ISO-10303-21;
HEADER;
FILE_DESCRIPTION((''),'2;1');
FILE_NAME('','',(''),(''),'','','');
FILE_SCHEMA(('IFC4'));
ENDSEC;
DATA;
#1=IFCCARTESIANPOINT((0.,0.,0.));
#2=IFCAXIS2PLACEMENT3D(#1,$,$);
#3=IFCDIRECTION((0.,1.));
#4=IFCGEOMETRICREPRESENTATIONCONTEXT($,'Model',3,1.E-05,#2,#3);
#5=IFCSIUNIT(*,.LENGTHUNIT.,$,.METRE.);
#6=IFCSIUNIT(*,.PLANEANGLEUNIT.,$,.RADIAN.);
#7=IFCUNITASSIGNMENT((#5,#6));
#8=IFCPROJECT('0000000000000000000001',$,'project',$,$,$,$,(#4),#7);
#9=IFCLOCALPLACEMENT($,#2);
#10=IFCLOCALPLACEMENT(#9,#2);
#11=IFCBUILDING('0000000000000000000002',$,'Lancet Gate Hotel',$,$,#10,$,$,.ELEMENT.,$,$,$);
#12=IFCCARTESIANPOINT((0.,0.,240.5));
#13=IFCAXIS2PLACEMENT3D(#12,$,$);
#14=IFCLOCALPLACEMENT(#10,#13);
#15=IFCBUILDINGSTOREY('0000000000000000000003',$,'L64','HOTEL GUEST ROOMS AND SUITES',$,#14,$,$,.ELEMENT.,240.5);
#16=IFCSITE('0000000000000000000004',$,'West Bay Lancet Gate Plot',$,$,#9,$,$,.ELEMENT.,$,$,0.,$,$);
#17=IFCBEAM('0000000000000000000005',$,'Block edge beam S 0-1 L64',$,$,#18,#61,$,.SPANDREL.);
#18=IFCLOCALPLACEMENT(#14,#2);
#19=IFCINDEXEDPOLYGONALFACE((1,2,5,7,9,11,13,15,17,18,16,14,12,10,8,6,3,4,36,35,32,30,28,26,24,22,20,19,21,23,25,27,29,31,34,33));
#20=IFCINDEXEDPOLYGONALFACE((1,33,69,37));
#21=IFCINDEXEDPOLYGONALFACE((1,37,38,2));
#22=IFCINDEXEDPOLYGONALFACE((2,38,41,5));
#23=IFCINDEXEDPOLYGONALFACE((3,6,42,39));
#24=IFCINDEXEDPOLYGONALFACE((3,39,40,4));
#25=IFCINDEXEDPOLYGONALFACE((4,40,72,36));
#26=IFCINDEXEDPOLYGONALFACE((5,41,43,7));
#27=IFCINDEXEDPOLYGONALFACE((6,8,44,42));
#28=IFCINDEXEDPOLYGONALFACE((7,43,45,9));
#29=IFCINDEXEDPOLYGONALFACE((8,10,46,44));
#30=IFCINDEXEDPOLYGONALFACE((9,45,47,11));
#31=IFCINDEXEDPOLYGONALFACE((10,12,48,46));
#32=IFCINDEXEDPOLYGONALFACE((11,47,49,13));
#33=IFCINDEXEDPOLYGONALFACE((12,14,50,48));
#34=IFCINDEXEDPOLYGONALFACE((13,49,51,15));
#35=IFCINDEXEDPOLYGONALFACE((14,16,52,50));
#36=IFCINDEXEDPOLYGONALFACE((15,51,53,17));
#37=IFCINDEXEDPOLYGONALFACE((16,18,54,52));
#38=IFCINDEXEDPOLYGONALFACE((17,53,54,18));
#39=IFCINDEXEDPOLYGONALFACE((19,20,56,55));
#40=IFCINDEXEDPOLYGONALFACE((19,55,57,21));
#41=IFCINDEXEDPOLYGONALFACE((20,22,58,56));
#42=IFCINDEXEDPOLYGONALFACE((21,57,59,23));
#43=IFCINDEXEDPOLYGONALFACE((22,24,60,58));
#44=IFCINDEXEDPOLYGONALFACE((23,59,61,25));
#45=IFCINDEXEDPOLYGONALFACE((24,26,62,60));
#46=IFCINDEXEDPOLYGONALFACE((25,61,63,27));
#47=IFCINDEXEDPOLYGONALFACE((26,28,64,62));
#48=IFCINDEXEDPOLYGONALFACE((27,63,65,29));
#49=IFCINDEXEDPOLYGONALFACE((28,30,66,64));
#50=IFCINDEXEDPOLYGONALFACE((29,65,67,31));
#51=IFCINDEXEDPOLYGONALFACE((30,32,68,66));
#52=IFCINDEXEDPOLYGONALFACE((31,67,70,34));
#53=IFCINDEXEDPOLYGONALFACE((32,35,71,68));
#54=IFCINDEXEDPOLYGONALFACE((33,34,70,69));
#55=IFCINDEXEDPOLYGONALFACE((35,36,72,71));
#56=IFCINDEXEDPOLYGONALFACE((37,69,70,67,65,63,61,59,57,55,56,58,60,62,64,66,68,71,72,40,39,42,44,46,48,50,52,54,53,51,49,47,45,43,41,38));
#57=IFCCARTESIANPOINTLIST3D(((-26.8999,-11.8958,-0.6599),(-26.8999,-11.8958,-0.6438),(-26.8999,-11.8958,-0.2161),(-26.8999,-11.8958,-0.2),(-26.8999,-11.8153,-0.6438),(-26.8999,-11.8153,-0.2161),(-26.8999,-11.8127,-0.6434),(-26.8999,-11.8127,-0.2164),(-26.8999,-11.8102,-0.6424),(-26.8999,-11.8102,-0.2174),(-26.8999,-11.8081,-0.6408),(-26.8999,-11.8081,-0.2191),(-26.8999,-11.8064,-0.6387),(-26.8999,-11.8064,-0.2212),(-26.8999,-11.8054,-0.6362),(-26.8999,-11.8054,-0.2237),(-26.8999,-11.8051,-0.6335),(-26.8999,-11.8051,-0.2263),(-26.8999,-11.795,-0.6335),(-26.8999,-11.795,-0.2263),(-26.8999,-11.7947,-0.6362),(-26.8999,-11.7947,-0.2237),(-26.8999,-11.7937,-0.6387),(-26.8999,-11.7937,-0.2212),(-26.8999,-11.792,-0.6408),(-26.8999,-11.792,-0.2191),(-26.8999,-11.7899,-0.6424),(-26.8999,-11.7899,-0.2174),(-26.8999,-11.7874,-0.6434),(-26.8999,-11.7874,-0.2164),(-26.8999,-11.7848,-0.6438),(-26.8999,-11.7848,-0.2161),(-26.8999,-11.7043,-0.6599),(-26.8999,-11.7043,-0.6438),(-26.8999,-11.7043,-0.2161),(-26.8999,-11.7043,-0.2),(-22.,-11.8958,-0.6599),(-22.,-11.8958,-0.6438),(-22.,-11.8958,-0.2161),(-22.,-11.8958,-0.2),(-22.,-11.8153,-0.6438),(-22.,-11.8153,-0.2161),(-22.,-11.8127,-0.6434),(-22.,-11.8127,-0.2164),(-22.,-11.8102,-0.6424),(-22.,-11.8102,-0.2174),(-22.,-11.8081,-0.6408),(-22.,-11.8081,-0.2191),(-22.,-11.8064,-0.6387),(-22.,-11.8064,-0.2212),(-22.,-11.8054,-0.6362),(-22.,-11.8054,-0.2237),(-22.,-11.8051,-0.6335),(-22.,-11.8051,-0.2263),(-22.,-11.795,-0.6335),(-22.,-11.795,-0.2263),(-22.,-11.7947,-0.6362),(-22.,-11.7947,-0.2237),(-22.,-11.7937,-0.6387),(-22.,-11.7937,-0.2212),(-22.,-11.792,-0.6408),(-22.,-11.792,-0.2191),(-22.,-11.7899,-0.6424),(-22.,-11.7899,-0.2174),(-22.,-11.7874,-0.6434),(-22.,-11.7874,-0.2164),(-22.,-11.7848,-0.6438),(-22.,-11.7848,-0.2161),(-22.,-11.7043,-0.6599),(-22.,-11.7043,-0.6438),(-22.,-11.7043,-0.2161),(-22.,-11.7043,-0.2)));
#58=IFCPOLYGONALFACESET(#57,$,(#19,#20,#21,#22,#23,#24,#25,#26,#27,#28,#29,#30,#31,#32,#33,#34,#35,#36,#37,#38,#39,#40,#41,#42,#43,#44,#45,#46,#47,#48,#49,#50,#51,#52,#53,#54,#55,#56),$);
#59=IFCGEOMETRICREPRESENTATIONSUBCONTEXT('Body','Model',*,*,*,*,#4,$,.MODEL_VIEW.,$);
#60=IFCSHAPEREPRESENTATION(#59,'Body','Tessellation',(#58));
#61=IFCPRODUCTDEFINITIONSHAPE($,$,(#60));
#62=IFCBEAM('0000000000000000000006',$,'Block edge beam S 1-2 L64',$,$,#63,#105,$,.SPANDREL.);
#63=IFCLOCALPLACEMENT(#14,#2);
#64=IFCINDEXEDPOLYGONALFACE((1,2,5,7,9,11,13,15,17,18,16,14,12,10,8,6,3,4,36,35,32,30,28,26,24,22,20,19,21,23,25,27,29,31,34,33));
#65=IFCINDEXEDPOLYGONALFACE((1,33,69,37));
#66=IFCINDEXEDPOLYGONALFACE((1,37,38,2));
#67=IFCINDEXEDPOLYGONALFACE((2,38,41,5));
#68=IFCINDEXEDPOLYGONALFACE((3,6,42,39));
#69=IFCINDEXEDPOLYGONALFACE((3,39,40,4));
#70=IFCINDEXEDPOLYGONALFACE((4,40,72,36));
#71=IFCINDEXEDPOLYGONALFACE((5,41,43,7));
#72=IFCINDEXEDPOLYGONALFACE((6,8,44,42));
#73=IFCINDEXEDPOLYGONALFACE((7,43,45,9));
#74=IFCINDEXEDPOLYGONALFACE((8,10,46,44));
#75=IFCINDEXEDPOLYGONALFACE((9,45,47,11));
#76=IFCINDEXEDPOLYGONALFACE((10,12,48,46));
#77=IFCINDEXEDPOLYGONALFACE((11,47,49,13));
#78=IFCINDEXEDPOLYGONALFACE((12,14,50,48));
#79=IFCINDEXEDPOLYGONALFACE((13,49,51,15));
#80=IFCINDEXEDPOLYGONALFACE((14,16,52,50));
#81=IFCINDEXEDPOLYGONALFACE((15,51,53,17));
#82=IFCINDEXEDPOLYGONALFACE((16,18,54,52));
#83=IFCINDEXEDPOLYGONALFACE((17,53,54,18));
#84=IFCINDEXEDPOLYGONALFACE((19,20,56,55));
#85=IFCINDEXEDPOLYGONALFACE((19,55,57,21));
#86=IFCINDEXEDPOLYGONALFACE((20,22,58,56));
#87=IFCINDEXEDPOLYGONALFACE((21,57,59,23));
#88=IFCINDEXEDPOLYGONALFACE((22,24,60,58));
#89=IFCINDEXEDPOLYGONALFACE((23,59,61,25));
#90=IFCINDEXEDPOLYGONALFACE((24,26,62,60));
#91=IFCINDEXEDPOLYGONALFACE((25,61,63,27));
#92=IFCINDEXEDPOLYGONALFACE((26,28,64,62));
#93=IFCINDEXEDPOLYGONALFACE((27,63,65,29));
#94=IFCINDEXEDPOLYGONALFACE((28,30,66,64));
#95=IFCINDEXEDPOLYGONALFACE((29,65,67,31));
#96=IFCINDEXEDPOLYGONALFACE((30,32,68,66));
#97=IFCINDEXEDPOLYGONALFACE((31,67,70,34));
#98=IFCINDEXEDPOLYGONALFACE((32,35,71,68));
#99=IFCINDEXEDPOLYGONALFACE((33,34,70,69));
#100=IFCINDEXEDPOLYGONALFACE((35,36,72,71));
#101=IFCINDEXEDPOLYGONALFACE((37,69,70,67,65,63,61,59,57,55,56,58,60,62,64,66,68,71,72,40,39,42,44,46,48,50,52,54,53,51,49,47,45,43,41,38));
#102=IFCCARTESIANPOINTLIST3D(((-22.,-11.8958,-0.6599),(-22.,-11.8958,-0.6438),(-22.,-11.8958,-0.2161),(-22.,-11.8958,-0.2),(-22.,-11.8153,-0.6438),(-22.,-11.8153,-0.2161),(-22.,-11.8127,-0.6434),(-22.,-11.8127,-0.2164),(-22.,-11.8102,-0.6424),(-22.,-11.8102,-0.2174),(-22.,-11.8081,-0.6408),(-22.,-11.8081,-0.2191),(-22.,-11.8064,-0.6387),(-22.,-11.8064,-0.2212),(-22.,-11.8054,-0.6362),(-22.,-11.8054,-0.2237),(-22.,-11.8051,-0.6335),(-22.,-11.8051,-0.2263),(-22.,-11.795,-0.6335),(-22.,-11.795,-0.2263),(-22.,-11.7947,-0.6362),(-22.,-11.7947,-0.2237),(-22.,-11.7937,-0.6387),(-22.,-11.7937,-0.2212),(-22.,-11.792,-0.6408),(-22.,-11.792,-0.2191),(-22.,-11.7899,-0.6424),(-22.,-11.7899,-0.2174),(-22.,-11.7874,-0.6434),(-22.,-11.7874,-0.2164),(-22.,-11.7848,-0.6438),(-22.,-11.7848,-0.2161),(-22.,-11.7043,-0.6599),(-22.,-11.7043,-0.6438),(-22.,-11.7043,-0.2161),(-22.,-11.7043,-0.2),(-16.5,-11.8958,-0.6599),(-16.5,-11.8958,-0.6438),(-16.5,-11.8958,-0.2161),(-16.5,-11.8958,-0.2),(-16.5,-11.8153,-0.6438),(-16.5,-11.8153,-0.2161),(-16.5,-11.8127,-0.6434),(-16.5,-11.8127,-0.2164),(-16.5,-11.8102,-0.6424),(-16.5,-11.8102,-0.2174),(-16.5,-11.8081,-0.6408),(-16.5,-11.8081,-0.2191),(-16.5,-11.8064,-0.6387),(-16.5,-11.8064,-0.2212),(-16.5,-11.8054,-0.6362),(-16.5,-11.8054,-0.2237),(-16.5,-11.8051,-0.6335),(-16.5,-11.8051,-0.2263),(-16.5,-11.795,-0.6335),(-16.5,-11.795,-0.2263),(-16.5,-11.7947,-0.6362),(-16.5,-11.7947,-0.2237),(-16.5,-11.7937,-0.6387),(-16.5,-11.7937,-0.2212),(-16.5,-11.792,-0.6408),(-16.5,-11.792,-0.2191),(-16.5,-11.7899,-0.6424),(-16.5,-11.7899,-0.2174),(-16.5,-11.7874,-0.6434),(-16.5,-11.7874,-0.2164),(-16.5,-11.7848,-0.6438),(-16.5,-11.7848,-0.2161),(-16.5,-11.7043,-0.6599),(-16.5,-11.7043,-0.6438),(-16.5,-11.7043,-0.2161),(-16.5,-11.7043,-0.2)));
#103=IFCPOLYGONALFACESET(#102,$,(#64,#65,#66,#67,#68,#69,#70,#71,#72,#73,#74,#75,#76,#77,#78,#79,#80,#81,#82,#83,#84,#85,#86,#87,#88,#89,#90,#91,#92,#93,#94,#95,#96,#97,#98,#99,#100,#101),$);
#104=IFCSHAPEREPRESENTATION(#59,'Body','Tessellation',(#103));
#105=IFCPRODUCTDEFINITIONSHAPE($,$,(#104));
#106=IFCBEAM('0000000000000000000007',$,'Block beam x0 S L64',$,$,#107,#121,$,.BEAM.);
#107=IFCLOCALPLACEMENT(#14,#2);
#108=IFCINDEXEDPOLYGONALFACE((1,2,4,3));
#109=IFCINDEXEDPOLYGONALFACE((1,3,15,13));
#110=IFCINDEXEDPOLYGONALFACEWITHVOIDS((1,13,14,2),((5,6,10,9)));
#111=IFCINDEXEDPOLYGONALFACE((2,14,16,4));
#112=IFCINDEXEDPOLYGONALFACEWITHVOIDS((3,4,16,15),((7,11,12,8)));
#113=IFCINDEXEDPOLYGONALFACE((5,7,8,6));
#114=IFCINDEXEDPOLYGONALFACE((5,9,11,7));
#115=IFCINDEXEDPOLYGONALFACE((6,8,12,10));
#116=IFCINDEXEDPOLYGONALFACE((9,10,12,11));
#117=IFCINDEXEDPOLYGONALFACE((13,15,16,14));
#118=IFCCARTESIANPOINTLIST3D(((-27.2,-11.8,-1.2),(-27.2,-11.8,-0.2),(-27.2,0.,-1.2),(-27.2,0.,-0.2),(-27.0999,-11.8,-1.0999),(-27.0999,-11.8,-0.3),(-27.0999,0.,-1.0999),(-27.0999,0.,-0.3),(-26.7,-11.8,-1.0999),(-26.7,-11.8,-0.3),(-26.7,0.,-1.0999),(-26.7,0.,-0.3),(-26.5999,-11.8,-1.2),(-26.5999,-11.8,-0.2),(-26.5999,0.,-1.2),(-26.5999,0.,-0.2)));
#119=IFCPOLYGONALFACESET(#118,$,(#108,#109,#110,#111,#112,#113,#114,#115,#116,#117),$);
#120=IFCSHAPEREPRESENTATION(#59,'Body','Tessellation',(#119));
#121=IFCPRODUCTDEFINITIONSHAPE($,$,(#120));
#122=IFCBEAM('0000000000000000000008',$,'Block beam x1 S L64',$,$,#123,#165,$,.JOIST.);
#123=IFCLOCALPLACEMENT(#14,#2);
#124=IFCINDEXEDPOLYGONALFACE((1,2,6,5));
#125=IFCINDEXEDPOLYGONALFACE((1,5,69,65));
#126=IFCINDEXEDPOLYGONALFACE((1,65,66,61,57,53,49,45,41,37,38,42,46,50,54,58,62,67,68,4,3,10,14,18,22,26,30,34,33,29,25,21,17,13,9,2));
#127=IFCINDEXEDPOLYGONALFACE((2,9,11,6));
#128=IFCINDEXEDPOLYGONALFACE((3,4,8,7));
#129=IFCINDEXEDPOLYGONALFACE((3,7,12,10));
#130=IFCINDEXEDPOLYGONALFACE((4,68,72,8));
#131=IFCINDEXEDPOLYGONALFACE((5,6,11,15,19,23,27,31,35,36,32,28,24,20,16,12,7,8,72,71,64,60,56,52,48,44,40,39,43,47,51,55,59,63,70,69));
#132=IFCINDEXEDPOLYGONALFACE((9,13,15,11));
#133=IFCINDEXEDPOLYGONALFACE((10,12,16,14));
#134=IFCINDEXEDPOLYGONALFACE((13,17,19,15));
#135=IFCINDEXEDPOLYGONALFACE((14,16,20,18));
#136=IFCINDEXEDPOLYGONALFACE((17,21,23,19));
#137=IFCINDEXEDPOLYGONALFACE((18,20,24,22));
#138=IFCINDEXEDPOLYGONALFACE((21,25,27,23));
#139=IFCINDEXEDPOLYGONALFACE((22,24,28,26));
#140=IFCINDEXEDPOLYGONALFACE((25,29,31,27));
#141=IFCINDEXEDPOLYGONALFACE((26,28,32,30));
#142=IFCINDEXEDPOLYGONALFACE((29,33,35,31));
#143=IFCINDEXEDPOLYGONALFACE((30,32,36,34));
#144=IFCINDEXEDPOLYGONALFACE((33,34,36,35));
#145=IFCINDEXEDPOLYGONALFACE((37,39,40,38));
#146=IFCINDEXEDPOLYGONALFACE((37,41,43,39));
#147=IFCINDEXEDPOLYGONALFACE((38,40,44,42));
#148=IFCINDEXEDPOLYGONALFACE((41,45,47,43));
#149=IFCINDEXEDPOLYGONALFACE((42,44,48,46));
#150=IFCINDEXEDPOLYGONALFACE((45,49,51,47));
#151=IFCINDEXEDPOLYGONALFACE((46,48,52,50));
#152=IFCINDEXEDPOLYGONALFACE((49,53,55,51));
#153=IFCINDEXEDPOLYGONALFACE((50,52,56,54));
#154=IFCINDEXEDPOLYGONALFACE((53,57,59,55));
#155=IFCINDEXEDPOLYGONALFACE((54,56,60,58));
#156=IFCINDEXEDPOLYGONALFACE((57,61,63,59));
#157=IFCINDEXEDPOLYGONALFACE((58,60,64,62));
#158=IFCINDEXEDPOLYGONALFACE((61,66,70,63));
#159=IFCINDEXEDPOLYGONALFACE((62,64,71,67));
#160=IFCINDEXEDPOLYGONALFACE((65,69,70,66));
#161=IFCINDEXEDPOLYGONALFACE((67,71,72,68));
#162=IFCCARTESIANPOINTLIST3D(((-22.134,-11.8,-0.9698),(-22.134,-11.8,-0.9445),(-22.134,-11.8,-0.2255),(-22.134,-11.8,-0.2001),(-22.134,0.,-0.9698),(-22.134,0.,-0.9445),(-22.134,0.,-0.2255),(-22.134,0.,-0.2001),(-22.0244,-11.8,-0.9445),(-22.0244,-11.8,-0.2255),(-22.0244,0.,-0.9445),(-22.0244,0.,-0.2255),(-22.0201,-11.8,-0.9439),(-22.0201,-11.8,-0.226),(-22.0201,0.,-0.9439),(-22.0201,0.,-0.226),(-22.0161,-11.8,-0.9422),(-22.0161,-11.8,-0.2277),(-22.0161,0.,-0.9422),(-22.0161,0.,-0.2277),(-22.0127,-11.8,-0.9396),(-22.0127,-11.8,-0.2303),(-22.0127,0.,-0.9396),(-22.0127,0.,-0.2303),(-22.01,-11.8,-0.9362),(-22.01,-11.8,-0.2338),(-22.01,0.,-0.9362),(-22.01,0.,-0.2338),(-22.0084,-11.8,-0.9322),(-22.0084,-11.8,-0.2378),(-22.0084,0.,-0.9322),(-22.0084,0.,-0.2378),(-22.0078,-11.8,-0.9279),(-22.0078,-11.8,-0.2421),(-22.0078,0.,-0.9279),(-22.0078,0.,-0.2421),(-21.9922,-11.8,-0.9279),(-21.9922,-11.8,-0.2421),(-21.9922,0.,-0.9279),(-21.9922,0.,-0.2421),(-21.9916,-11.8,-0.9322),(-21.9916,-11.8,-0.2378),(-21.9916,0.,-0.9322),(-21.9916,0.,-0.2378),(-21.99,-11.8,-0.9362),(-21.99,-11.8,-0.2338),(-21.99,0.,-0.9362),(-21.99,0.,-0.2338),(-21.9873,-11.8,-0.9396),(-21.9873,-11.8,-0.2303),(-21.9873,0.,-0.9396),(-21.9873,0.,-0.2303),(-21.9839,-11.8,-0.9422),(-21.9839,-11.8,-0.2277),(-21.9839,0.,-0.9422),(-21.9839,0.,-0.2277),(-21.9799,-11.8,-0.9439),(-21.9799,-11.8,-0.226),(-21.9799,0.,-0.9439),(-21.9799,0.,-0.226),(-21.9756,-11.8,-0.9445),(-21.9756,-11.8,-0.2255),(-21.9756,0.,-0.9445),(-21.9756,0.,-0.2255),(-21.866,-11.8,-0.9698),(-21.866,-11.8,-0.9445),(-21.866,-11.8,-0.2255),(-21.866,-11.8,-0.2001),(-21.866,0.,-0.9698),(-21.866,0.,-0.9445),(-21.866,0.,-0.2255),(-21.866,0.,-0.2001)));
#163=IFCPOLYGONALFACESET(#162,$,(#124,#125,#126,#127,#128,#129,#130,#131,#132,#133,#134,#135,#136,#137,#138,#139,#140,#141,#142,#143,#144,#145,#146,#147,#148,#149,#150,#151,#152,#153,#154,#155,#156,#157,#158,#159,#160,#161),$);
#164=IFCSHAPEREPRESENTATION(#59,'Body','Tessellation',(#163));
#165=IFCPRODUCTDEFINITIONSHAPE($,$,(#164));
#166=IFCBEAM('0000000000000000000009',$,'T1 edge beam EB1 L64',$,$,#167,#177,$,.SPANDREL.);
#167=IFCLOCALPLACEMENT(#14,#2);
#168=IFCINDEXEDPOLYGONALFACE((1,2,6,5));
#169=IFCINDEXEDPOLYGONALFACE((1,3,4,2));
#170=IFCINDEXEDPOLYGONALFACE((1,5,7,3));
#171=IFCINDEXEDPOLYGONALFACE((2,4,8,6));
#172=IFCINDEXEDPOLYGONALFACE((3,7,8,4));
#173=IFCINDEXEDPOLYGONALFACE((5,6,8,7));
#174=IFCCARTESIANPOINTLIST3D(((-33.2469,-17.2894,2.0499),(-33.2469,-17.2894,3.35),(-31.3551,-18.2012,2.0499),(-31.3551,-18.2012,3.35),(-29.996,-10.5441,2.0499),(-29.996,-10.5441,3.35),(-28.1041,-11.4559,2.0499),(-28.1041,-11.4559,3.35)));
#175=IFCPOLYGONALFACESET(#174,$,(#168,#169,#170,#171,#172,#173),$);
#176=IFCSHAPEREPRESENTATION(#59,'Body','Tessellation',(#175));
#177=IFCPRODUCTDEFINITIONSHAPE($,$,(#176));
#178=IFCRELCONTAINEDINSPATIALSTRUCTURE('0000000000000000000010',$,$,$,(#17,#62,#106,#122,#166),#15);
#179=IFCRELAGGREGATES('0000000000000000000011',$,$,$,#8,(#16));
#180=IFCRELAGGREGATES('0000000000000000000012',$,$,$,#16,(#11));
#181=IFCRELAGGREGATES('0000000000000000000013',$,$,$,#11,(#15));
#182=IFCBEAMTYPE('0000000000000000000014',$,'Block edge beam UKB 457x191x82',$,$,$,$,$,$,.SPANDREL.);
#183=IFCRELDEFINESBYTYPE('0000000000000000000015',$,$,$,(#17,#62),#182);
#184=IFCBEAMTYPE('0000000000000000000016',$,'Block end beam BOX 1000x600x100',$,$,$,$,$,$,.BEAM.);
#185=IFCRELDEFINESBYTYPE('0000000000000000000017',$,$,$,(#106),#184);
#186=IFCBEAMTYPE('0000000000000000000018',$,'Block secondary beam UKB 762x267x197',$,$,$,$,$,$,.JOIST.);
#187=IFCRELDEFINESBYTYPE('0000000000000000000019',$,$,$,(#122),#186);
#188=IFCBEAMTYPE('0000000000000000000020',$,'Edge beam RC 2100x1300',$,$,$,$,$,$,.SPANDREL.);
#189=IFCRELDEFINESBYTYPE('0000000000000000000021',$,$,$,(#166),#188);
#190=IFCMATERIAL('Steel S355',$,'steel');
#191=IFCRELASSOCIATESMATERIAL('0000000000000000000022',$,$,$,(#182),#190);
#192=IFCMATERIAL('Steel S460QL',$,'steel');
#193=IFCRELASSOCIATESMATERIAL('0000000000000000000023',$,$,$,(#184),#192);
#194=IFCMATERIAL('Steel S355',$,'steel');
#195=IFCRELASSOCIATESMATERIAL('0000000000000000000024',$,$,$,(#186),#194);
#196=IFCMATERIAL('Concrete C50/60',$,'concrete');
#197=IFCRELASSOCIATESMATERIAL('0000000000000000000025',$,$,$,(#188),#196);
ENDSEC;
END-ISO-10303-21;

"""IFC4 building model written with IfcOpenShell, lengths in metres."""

from ifc_helpers import new_model, si_unit, direction, frame, origin, origin_2d, place, context, subcontext, project, spatial, rectangle, hollow_rectangle, i_section, extrude, material, material_profile, profile_set, type_object, element, save


model = new_model("IFC4")

# Units and contexts
model_context = context("Model", 3, precision=1e-05, world=origin(), true_north=direction((0.0, 1.0)))
body_context = subcontext(model_context, "Body", "Model", "MODEL_VIEW")
ifc_project = project(units=[si_unit("LENGTHUNIT", "METRE"), si_unit("PLANEANGLEUNIT", "RADIAN")], contexts=[model_context])

# Site, building, storey
site_placement = place(None, origin())
site = spatial("IfcSite", under=ifc_project, at=site_placement, Name="West Bay Lancet Gate Plot", CompositionType="ELEMENT", RefElevation=0.0)
building_placement = place(site_placement, origin())
building = spatial("IfcBuilding", under=site, at=building_placement, Name="Lancet Gate Hotel", CompositionType="ELEMENT")
storey_placement = place(building_placement, frame((0.0, 0.0, 240.5)))
storey = spatial("IfcBuildingStorey", under=building, at=storey_placement, Name="L64", Description="HOTEL GUEST ROOMS AND SUITES", CompositionType="ELEMENT", Elevation=240.5)

# Beams
ifc_material_1 = material(Name="Steel S355", Category="steel")
ifc_material_profile_1 = material_profile(ifc_material_1, i_section(OverallWidth=0.1914, OverallDepth=0.46, WebThickness=0.01, FlangeThickness=0.0161, FilletRadius=0.0103, at=origin_2d()), Name="UKB 457x191x82")
ifc_profile_set_1 = profile_set([ifc_material_profile_1], Name="Steel S355")
beam_type_1 = type_object("IfcBeamType", Name="Block edge beam UKB 457x191x82", PredefinedType="SPANDREL", material=ifc_profile_set_1)
beam_1_placement = place(storey_placement, frame((-26.8999, -11.8, -0.4299), z_axis=(1.0, 0.0, 0.0), x_axis=(0.0, 1.0, 0.0)))
element("IfcBeam", 1, at=beam_1_placement, inside=storey, type_object=beam_type_1, Name="Block edge beam S 0-1 L64", PredefinedType="SPANDREL", context=body_context, shape_type="SweptSolid", body=[
    extrude(i_section(OverallWidth=0.1914, OverallDepth=0.46, WebThickness=0.01, FlangeThickness=0.0161, FilletRadius=0.0103, at=origin_2d()), origin(), (0.0, 0.0, 1.0), 4.8999),
])
beam_2_placement = place(storey_placement, frame((-22.0, -11.8, -0.4299), z_axis=(1.0, 0.0, 0.0), x_axis=(0.0, 1.0, 0.0)))
element("IfcBeam", 2, at=beam_2_placement, inside=storey, type_object=beam_type_1, Name="Block edge beam S 1-2 L64", PredefinedType="SPANDREL", context=body_context, shape_type="SweptSolid", body=[
    extrude(i_section(OverallWidth=0.1914, OverallDepth=0.46, WebThickness=0.01, FlangeThickness=0.0161, FilletRadius=0.0103, at=origin_2d()), origin(), (0.0, 0.0, 1.0), 5.5),
])
ifc_material_2 = material(Name="Steel S460QL", Category="steel")
ifc_material_profile_2 = material_profile(ifc_material_2, hollow_rectangle(XDim=0.6001, YDim=1.0, WallThickness=0.1001, at=origin_2d()), Name="BOX 1000x600x100")
ifc_profile_set_2 = profile_set([ifc_material_profile_2], Name="Steel S460QL")
beam_type_2 = type_object("IfcBeamType", Name="Block end beam BOX 1000x600x100", PredefinedType="BEAM", material=ifc_profile_set_2)
beam_3_placement = place(storey_placement, frame((-26.8999, -11.8, -0.7), z_axis=(0.0, 1.0, 0.0), x_axis=(-1.0, 0.0, 0.0)))
element("IfcBeam", 3, at=beam_3_placement, inside=storey, type_object=beam_type_2, Name="Block beam x0 S L64", PredefinedType="BEAM", context=body_context, shape_type="SweptSolid", body=[
    extrude(hollow_rectangle(XDim=0.6001, YDim=1.0, WallThickness=0.1001, at=origin_2d()), origin(), (0.0, 0.0, 1.0), 11.8),
])
ifc_material_3 = material(Name="Steel S355", Category="steel")
ifc_material_profile_3 = material_profile(ifc_material_3, i_section(OverallWidth=0.2681, OverallDepth=0.7698, WebThickness=0.0156, FlangeThickness=0.0254, FilletRadius=0.0166, at=origin_2d()), Name="UKB 762x267x197")
ifc_profile_set_3 = profile_set([ifc_material_profile_3], Name="Steel S355")
beam_type_3 = type_object("IfcBeamType", Name="Block secondary beam UKB 762x267x197", PredefinedType="JOIST", material=ifc_profile_set_3)
beam_4_placement = place(storey_placement, frame((-22.0, -11.8, -0.585), z_axis=(0.0, 1.0, 0.0), x_axis=(-1.0, 0.0, 0.0)))
element("IfcBeam", 4, at=beam_4_placement, inside=storey, type_object=beam_type_3, Name="Block beam x1 S L64", PredefinedType="JOIST", context=body_context, shape_type="SweptSolid", body=[
    extrude(i_section(OverallWidth=0.2681, OverallDepth=0.7698, WebThickness=0.0156, FlangeThickness=0.0254, FilletRadius=0.0166, at=origin_2d()), origin(), (0.0, 0.0, 1.0), 11.8),
])
ifc_material_4 = material(Name="Concrete C50/60", Category="concrete")
ifc_material_profile_4 = material_profile(ifc_material_4, rectangle(XDim=2.1001, YDim=1.3, at=origin_2d()), Name="RC 2100x1300")
ifc_profile_set_4 = profile_set([ifc_material_profile_4], Name="Concrete C50/60")
beam_type_4 = type_object("IfcBeamType", Name="Edge beam RC 2100x1300", PredefinedType="SPANDREL", material=ifc_profile_set_4)
beam_5_placement = place(storey_placement, frame((-29.05, -11.0, 2.7), z_axis=(-0.434164, -0.900834, 0.0), x_axis=(0.900834, -0.434164, 0.0)))
element("IfcBeam", 5, at=beam_5_placement, inside=storey, type_object=beam_type_4, Name="T1 edge beam EB1 L64", PredefinedType="SPANDREL", context=body_context, shape_type="SweptSolid", body=[
    extrude(rectangle(XDim=2.1001, YDim=1.3, at=origin_2d()), origin(), (0.0, 0.0, 1.0), 7.4878),
])

save(model, "model.ifc")
